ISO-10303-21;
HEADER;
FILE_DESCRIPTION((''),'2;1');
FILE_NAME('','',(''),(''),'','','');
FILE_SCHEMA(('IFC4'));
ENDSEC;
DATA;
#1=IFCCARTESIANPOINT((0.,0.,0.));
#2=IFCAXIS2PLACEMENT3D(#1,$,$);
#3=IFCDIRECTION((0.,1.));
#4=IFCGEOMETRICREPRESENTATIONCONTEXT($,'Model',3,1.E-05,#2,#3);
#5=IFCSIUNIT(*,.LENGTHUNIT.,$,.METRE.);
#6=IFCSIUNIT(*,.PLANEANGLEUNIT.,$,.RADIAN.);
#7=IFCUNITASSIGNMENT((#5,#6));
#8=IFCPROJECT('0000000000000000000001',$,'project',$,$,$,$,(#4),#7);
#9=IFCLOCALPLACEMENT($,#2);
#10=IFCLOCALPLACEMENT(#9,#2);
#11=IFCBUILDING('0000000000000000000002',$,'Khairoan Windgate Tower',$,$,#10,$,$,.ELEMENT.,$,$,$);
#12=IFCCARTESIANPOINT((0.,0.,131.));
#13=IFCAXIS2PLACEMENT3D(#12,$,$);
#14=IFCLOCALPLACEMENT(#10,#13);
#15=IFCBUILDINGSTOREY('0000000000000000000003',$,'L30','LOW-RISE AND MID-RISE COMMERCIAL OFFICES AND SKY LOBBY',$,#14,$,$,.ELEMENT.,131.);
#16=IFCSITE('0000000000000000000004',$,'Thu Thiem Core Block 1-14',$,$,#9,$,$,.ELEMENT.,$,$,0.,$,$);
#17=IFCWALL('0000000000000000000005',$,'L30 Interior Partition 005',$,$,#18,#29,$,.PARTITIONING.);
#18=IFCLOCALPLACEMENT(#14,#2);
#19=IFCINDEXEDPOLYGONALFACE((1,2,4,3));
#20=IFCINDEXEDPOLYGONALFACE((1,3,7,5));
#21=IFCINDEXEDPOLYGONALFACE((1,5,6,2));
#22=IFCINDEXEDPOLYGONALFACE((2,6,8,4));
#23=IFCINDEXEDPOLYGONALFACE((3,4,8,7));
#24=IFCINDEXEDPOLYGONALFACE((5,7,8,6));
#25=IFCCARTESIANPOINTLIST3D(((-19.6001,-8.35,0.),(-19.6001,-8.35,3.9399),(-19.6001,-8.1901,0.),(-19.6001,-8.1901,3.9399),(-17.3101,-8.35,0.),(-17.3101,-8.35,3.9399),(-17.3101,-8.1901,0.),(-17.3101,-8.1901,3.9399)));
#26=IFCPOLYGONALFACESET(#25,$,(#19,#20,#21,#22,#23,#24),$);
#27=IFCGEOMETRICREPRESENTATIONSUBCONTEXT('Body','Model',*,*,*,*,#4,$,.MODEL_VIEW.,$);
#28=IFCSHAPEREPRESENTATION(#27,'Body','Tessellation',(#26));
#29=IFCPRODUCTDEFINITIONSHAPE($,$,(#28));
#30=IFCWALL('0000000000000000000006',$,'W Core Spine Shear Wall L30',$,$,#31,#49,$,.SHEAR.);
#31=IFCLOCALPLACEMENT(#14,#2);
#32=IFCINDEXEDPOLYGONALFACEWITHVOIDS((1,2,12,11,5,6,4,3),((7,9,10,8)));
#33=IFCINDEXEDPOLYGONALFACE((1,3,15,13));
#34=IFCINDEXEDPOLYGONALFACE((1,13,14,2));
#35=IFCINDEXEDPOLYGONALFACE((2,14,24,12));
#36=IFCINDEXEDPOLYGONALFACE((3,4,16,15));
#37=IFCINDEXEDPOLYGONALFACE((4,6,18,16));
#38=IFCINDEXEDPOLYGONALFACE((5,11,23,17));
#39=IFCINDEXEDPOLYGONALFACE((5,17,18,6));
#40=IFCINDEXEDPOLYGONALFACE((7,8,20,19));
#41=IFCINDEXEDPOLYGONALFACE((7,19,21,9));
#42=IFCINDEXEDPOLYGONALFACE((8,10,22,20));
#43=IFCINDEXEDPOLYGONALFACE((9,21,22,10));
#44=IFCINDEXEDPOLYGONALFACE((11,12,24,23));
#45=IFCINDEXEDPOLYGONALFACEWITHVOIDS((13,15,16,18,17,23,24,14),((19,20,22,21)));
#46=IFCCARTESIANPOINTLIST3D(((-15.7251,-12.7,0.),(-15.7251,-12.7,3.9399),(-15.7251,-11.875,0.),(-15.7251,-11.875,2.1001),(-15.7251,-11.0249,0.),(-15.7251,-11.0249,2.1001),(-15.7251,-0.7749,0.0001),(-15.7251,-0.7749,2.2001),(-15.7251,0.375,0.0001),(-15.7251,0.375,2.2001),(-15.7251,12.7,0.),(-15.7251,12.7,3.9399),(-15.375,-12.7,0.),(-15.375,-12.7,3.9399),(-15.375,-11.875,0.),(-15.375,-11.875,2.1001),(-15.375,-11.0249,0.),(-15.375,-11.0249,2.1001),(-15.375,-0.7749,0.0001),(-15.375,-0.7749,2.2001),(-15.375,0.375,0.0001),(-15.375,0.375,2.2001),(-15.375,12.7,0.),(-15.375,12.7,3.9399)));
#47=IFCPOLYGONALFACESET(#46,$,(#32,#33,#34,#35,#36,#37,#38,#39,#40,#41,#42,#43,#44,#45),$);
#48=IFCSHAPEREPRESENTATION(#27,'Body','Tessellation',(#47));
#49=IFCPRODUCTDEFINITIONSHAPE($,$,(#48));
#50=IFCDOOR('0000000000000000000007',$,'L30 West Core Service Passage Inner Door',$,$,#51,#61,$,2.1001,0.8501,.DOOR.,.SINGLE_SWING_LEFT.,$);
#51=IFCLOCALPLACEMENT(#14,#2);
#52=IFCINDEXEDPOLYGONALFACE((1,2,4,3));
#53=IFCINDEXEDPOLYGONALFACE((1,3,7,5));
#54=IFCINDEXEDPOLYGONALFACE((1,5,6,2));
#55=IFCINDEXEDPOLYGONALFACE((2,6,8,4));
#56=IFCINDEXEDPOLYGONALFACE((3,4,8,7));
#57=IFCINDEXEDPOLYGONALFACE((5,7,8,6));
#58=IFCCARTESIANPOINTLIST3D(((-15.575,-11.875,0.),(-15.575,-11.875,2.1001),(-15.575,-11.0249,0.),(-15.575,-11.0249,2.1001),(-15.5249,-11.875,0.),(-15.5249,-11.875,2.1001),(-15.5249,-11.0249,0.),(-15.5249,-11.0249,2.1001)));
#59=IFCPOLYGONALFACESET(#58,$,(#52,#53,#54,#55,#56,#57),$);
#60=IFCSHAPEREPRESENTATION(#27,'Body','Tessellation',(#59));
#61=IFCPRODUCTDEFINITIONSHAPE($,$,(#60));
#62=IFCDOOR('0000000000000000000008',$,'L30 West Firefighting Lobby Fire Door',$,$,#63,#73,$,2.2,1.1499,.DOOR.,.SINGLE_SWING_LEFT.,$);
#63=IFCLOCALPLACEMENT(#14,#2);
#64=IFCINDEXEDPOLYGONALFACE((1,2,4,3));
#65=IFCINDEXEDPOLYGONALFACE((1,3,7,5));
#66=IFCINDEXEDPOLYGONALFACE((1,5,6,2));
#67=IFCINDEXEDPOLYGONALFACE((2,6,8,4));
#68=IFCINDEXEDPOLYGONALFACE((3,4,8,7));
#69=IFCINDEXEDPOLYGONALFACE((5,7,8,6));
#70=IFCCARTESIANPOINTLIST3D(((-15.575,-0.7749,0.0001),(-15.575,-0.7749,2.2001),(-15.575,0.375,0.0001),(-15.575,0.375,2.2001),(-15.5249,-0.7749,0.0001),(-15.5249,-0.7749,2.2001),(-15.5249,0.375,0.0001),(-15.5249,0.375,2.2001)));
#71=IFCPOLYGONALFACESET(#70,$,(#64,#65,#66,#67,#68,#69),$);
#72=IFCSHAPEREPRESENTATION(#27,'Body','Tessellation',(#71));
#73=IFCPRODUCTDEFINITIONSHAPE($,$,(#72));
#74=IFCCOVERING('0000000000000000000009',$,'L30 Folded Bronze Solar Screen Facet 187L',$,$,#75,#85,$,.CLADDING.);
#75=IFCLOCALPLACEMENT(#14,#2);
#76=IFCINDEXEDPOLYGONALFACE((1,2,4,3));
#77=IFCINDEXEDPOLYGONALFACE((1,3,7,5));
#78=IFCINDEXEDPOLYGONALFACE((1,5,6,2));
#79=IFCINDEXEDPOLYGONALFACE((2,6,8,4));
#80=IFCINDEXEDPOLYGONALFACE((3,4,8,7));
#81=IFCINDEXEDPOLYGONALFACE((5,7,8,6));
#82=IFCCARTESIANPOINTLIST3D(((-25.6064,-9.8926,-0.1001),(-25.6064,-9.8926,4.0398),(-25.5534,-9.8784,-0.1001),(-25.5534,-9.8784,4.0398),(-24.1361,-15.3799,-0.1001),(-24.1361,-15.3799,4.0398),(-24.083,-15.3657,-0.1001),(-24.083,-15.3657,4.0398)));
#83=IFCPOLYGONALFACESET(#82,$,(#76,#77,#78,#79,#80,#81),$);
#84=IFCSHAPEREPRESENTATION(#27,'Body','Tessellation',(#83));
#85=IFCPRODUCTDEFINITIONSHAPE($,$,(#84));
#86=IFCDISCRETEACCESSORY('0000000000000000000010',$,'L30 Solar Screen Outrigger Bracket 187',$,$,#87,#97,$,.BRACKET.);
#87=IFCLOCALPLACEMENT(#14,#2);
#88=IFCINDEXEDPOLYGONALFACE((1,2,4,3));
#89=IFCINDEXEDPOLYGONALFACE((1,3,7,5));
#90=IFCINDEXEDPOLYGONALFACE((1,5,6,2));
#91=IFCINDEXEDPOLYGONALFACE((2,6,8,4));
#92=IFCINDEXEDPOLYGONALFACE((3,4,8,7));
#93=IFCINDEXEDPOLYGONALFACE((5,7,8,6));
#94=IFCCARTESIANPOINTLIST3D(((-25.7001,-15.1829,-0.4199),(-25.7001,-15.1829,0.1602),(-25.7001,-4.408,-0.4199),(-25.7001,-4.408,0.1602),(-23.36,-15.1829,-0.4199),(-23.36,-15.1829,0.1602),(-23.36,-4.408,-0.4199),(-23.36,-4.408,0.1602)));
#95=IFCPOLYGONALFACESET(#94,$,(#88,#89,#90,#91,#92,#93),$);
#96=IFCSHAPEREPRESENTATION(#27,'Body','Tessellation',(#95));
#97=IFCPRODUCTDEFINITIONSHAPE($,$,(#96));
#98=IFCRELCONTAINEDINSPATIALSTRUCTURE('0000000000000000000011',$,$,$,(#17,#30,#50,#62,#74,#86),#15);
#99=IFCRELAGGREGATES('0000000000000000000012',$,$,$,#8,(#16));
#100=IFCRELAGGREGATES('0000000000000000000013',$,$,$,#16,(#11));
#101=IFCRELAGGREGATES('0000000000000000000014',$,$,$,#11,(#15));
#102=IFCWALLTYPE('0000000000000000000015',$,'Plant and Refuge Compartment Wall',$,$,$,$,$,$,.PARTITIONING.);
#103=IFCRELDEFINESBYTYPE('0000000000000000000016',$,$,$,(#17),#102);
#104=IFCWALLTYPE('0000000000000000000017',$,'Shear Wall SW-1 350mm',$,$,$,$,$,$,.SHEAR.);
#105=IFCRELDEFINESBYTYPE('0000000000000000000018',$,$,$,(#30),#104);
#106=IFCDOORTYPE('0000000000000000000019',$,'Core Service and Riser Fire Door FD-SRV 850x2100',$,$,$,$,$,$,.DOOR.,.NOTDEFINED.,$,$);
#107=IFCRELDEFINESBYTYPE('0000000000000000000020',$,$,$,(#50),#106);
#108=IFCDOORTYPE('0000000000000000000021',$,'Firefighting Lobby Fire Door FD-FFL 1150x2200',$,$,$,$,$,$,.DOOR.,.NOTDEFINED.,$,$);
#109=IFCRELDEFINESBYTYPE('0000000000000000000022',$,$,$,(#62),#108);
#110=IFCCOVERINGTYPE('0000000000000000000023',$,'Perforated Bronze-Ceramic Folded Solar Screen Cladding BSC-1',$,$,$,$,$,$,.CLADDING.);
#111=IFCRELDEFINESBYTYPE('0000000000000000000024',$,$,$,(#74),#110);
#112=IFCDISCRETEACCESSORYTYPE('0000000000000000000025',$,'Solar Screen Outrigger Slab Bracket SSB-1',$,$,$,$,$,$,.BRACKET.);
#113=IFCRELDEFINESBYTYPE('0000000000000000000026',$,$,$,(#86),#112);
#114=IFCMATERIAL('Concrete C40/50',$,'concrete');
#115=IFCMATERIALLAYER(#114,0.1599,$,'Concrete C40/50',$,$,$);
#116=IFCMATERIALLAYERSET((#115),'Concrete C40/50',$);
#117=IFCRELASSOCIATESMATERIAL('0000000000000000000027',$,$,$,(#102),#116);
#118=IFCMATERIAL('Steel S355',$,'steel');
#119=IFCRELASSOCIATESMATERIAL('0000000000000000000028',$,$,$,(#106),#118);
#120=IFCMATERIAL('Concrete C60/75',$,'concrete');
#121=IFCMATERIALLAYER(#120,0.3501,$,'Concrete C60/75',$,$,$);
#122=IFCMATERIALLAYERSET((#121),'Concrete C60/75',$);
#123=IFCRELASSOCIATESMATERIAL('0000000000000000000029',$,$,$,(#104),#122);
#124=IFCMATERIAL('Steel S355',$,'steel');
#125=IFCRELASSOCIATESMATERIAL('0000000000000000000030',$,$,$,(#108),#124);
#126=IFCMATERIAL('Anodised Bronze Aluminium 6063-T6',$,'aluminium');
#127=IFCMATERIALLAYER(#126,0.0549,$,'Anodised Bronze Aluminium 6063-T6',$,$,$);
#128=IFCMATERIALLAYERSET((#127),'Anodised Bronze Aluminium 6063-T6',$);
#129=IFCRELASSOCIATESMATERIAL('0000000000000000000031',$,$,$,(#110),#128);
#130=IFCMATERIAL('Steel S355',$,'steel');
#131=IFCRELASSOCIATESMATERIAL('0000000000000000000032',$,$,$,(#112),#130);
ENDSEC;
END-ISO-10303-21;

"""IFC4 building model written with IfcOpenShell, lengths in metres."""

from ifc_helpers import new_model, si_unit, direction, frame, frame_2d, origin, origin_2d, place, context, subcontext, project, spatial, rectangle, extrude, material, layer, layer_set, type_object, element, fill, save


model = new_model("IFC4")

# Units and contexts
model_context = context("Model", 3, precision=1e-05, world=origin(), true_north=direction((0.0, 1.0)))
body_context = subcontext(model_context, "Body", "Model", "MODEL_VIEW")
ifc_project = project(units=[si_unit("LENGTHUNIT", "METRE"), si_unit("PLANEANGLEUNIT", "RADIAN")], contexts=[model_context])

# Site, building, storey
site_placement = place(None, origin())
site = spatial("IfcSite", under=ifc_project, at=site_placement, Name="Thu Thiem Core Block 1-14", CompositionType="ELEMENT", RefElevation=0.0)
building_placement = place(site_placement, origin())
building = spatial("IfcBuilding", under=site, at=building_placement, Name="Khairoan Windgate Tower", CompositionType="ELEMENT")
storey_placement = place(building_placement, frame((0.0, 0.0, 131.0)))
storey = spatial("IfcBuildingStorey", under=building, at=storey_placement, Name="L30", Description="LOW-RISE AND MID-RISE COMMERCIAL OFFICES AND SKY LOBBY", CompositionType="ELEMENT", Elevation=131.0)

# Shared definitions
ifc_material_1 = material(Name="Concrete C40/50", Category="concrete")
ifc_layer_1 = layer(ifc_material_1, 0.1599, Name="Concrete C40/50")
ifc_layer_set_1 = layer_set([ifc_layer_1], Name="Concrete C40/50")
wall_type_1 = type_object("IfcWallType", Name="Plant and Refuge Compartment Wall", PredefinedType="PARTITIONING", material=ifc_layer_set_1)
ifc_material_2 = material(Name="Steel S355", Category="steel")
door_type_1 = type_object("IfcDoorType", Name="Core Service and Riser Fire Door FD-SRV 850x2100", OperationType="NOTDEFINED", PredefinedType="DOOR", material=ifc_material_2)

# Wall
for number, where, z_axis, x_axis, name in (
    (1, (-19.6001, -8.27, 0.0), (0.0, 0.0, 1.0), (1.0, 0.0, 0.0), "L30 Interior Partition 005"),
):
    element("IfcWall", number, at=place(storey_placement, frame(where, z_axis=z_axis, x_axis=x_axis)), inside=storey, type_object=wall_type_1, Name=name, PredefinedType="PARTITIONING", context=body_context, shape_type="SweptSolid", body=[
        extrude(rectangle(XDim=2.29, YDim=0.1599, at=frame_2d((1.145, 0.0))), origin(), (0.0, 0.0, 1.0), 3.9399),
    ])

# Wall, openings, doors
ifc_material_3 = material(Name="Concrete C60/75", Category="concrete")
ifc_layer_2 = layer(ifc_material_3, 0.3501, Name="Concrete C60/75")
ifc_layer_set_2 = layer_set([ifc_layer_2], Name="Concrete C60/75")
wall_type_2 = type_object("IfcWallType", Name="Shear Wall SW-1 350mm", PredefinedType="SHEAR", material=ifc_layer_set_2)
wall_1_placement = place(storey_placement, frame((-15.55, -12.7, 0.0), z_axis=(0.0, 0.0, 1.0), x_axis=(0.0, 1.0, 0.0)))
wall_1 = element("IfcWall", 2, at=wall_1_placement, inside=storey, type_object=wall_type_2, Name="W Core Spine Shear Wall L30", PredefinedType="SHEAR", context=body_context, shape_type="SweptSolid", body=[
    extrude(rectangle(XDim=25.3999, YDim=0.3501, at=frame_2d((12.7, 0.0))), origin(), (0.0, 0.0, 1.0), 3.9399),
])
opening_1_placement = place(wall_1_placement, frame((11.925, 0.0, 0.0)))
opening_1 = element("IfcOpeningElement", 3, at=opening_1_placement, cuts=wall_1, PredefinedType="OPENING", context=body_context, shape_type="SweptSolid", body=[
    extrude(rectangle(XDim=1.1499, YDim=2.2, at=frame_2d((0.575, 1.1001))), frame((0.0, 0.1851, 0.0), z_axis=(0.0, -1.0, 0.0), x_axis=(1.0, 0.0, 0.0)), (0.0, 0.0, 1.0), 0.3701),
])
opening_2_placement = place(wall_1_placement, frame((0.825, 0.0, 0.0)))
opening_2 = element("IfcOpeningElement", 4, at=opening_2_placement, cuts=wall_1, PredefinedType="OPENING", context=body_context, shape_type="SweptSolid", body=[
    extrude(rectangle(XDim=0.8501, YDim=2.1001, at=frame_2d((0.425, 1.05))), frame((0.0, 0.1851, 0.0), z_axis=(0.0, -1.0, 0.0), x_axis=(1.0, 0.0, 0.0)), (0.0, 0.0, 1.0), 0.3701),
])
door_1_placement = place(opening_2_placement, origin())
door_1 = element("IfcDoor", 5, at=door_1_placement, inside=storey, type_object=door_type_1, Name="L30 West Core Service Passage Inner Door", OperationType="SINGLE_SWING_LEFT", OverallHeight=2.1001, OverallWidth=0.8501, PredefinedType="DOOR", context=body_context, shape_type="SweptSolid", body=[
    extrude(rectangle(XDim=0.8501, YDim=2.1001, at=frame_2d((0.425, 1.05))), frame((0.0, 0.0249, 0.0), z_axis=(0.0, -1.0, 0.0), x_axis=(1.0, 0.0, 0.0)), (0.0, 0.0, 1.0), 0.05),
])
fill(opening_2, door_1)
ifc_material_4 = material(Name="Steel S355", Category="steel")
door_type_2 = type_object("IfcDoorType", Name="Firefighting Lobby Fire Door FD-FFL 1150x2200", OperationType="NOTDEFINED", PredefinedType="DOOR", material=ifc_material_4)
door_2_placement = place(opening_1_placement, origin())
door_2 = element("IfcDoor", 6, at=door_2_placement, inside=storey, type_object=door_type_2, Name="L30 West Firefighting Lobby Fire Door", OperationType="SINGLE_SWING_LEFT", OverallHeight=2.2, OverallWidth=1.1499, PredefinedType="DOOR", context=body_context, shape_type="SweptSolid", body=[
    extrude(rectangle(XDim=1.1499, YDim=2.2, at=frame_2d((0.575, 1.1001))), frame((0.0, 0.0249, 0.0), z_axis=(0.0, -1.0, 0.0), x_axis=(1.0, 0.0, 0.0)), (0.0, 0.0, 1.0), 0.05),
])
fill(opening_1, door_2)

# Covering
ifc_material_5 = material(Name="Anodised Bronze Aluminium 6063-T6", Category="aluminium")
ifc_layer_3 = layer(ifc_material_5, 0.0549, Name="Anodised Bronze Aluminium 6063-T6")
ifc_layer_set_3 = layer_set([ifc_layer_3], Name="Anodised Bronze Aluminium 6063-T6")
covering_type = type_object("IfcCoveringType", Name="Perforated Bronze-Ceramic Folded Solar Screen Cladding BSC-1", PredefinedType="CLADDING", material=ifc_layer_set_3)
covering_placement = place(storey_placement, frame((-24.8447, -12.6292, -0.1001), z_axis=(0.0, 0.0, 1.0), x_axis=(-0.258819, 0.965926, 0.0)))
element("IfcCovering", 7, at=covering_placement, inside=storey, type_object=covering_type, Name="L30 Folded Bronze Solar Screen Facet 187L", PredefinedType="CLADDING", context=body_context, shape_type="SweptSolid", body=[
    extrude(rectangle(XDim=5.6809, YDim=0.0549, at=origin_2d()), origin(), (0.0, 0.0, 1.0), 4.1399),
])

# Discrete accessory
ifc_material_6 = material(Name="Steel S355", Category="steel")
discrete_accessory_type = type_object("IfcDiscreteAccessoryType", Name="Solar Screen Outrigger Slab Bracket SSB-1", PredefinedType="BRACKET", material=ifc_material_6)
discrete_accessory_placement = place(storey_placement, frame((-24.53, -9.7954, -0.4199), z_axis=(0.0, 0.0, 1.0), x_axis=(0.0, 1.0, 0.0)))
element("IfcDiscreteAccessory", 8, at=discrete_accessory_placement, inside=storey, type_object=discrete_accessory_type, Name="L30 Solar Screen Outrigger Bracket 187", PredefinedType="BRACKET", context=body_context, shape_type="SweptSolid", body=[
    extrude(rectangle(XDim=10.7749, YDim=2.3401, at=origin_2d()), origin(), (0.0, 0.0, 1.0), 0.5801),
])

save(model, "model.ifc")
